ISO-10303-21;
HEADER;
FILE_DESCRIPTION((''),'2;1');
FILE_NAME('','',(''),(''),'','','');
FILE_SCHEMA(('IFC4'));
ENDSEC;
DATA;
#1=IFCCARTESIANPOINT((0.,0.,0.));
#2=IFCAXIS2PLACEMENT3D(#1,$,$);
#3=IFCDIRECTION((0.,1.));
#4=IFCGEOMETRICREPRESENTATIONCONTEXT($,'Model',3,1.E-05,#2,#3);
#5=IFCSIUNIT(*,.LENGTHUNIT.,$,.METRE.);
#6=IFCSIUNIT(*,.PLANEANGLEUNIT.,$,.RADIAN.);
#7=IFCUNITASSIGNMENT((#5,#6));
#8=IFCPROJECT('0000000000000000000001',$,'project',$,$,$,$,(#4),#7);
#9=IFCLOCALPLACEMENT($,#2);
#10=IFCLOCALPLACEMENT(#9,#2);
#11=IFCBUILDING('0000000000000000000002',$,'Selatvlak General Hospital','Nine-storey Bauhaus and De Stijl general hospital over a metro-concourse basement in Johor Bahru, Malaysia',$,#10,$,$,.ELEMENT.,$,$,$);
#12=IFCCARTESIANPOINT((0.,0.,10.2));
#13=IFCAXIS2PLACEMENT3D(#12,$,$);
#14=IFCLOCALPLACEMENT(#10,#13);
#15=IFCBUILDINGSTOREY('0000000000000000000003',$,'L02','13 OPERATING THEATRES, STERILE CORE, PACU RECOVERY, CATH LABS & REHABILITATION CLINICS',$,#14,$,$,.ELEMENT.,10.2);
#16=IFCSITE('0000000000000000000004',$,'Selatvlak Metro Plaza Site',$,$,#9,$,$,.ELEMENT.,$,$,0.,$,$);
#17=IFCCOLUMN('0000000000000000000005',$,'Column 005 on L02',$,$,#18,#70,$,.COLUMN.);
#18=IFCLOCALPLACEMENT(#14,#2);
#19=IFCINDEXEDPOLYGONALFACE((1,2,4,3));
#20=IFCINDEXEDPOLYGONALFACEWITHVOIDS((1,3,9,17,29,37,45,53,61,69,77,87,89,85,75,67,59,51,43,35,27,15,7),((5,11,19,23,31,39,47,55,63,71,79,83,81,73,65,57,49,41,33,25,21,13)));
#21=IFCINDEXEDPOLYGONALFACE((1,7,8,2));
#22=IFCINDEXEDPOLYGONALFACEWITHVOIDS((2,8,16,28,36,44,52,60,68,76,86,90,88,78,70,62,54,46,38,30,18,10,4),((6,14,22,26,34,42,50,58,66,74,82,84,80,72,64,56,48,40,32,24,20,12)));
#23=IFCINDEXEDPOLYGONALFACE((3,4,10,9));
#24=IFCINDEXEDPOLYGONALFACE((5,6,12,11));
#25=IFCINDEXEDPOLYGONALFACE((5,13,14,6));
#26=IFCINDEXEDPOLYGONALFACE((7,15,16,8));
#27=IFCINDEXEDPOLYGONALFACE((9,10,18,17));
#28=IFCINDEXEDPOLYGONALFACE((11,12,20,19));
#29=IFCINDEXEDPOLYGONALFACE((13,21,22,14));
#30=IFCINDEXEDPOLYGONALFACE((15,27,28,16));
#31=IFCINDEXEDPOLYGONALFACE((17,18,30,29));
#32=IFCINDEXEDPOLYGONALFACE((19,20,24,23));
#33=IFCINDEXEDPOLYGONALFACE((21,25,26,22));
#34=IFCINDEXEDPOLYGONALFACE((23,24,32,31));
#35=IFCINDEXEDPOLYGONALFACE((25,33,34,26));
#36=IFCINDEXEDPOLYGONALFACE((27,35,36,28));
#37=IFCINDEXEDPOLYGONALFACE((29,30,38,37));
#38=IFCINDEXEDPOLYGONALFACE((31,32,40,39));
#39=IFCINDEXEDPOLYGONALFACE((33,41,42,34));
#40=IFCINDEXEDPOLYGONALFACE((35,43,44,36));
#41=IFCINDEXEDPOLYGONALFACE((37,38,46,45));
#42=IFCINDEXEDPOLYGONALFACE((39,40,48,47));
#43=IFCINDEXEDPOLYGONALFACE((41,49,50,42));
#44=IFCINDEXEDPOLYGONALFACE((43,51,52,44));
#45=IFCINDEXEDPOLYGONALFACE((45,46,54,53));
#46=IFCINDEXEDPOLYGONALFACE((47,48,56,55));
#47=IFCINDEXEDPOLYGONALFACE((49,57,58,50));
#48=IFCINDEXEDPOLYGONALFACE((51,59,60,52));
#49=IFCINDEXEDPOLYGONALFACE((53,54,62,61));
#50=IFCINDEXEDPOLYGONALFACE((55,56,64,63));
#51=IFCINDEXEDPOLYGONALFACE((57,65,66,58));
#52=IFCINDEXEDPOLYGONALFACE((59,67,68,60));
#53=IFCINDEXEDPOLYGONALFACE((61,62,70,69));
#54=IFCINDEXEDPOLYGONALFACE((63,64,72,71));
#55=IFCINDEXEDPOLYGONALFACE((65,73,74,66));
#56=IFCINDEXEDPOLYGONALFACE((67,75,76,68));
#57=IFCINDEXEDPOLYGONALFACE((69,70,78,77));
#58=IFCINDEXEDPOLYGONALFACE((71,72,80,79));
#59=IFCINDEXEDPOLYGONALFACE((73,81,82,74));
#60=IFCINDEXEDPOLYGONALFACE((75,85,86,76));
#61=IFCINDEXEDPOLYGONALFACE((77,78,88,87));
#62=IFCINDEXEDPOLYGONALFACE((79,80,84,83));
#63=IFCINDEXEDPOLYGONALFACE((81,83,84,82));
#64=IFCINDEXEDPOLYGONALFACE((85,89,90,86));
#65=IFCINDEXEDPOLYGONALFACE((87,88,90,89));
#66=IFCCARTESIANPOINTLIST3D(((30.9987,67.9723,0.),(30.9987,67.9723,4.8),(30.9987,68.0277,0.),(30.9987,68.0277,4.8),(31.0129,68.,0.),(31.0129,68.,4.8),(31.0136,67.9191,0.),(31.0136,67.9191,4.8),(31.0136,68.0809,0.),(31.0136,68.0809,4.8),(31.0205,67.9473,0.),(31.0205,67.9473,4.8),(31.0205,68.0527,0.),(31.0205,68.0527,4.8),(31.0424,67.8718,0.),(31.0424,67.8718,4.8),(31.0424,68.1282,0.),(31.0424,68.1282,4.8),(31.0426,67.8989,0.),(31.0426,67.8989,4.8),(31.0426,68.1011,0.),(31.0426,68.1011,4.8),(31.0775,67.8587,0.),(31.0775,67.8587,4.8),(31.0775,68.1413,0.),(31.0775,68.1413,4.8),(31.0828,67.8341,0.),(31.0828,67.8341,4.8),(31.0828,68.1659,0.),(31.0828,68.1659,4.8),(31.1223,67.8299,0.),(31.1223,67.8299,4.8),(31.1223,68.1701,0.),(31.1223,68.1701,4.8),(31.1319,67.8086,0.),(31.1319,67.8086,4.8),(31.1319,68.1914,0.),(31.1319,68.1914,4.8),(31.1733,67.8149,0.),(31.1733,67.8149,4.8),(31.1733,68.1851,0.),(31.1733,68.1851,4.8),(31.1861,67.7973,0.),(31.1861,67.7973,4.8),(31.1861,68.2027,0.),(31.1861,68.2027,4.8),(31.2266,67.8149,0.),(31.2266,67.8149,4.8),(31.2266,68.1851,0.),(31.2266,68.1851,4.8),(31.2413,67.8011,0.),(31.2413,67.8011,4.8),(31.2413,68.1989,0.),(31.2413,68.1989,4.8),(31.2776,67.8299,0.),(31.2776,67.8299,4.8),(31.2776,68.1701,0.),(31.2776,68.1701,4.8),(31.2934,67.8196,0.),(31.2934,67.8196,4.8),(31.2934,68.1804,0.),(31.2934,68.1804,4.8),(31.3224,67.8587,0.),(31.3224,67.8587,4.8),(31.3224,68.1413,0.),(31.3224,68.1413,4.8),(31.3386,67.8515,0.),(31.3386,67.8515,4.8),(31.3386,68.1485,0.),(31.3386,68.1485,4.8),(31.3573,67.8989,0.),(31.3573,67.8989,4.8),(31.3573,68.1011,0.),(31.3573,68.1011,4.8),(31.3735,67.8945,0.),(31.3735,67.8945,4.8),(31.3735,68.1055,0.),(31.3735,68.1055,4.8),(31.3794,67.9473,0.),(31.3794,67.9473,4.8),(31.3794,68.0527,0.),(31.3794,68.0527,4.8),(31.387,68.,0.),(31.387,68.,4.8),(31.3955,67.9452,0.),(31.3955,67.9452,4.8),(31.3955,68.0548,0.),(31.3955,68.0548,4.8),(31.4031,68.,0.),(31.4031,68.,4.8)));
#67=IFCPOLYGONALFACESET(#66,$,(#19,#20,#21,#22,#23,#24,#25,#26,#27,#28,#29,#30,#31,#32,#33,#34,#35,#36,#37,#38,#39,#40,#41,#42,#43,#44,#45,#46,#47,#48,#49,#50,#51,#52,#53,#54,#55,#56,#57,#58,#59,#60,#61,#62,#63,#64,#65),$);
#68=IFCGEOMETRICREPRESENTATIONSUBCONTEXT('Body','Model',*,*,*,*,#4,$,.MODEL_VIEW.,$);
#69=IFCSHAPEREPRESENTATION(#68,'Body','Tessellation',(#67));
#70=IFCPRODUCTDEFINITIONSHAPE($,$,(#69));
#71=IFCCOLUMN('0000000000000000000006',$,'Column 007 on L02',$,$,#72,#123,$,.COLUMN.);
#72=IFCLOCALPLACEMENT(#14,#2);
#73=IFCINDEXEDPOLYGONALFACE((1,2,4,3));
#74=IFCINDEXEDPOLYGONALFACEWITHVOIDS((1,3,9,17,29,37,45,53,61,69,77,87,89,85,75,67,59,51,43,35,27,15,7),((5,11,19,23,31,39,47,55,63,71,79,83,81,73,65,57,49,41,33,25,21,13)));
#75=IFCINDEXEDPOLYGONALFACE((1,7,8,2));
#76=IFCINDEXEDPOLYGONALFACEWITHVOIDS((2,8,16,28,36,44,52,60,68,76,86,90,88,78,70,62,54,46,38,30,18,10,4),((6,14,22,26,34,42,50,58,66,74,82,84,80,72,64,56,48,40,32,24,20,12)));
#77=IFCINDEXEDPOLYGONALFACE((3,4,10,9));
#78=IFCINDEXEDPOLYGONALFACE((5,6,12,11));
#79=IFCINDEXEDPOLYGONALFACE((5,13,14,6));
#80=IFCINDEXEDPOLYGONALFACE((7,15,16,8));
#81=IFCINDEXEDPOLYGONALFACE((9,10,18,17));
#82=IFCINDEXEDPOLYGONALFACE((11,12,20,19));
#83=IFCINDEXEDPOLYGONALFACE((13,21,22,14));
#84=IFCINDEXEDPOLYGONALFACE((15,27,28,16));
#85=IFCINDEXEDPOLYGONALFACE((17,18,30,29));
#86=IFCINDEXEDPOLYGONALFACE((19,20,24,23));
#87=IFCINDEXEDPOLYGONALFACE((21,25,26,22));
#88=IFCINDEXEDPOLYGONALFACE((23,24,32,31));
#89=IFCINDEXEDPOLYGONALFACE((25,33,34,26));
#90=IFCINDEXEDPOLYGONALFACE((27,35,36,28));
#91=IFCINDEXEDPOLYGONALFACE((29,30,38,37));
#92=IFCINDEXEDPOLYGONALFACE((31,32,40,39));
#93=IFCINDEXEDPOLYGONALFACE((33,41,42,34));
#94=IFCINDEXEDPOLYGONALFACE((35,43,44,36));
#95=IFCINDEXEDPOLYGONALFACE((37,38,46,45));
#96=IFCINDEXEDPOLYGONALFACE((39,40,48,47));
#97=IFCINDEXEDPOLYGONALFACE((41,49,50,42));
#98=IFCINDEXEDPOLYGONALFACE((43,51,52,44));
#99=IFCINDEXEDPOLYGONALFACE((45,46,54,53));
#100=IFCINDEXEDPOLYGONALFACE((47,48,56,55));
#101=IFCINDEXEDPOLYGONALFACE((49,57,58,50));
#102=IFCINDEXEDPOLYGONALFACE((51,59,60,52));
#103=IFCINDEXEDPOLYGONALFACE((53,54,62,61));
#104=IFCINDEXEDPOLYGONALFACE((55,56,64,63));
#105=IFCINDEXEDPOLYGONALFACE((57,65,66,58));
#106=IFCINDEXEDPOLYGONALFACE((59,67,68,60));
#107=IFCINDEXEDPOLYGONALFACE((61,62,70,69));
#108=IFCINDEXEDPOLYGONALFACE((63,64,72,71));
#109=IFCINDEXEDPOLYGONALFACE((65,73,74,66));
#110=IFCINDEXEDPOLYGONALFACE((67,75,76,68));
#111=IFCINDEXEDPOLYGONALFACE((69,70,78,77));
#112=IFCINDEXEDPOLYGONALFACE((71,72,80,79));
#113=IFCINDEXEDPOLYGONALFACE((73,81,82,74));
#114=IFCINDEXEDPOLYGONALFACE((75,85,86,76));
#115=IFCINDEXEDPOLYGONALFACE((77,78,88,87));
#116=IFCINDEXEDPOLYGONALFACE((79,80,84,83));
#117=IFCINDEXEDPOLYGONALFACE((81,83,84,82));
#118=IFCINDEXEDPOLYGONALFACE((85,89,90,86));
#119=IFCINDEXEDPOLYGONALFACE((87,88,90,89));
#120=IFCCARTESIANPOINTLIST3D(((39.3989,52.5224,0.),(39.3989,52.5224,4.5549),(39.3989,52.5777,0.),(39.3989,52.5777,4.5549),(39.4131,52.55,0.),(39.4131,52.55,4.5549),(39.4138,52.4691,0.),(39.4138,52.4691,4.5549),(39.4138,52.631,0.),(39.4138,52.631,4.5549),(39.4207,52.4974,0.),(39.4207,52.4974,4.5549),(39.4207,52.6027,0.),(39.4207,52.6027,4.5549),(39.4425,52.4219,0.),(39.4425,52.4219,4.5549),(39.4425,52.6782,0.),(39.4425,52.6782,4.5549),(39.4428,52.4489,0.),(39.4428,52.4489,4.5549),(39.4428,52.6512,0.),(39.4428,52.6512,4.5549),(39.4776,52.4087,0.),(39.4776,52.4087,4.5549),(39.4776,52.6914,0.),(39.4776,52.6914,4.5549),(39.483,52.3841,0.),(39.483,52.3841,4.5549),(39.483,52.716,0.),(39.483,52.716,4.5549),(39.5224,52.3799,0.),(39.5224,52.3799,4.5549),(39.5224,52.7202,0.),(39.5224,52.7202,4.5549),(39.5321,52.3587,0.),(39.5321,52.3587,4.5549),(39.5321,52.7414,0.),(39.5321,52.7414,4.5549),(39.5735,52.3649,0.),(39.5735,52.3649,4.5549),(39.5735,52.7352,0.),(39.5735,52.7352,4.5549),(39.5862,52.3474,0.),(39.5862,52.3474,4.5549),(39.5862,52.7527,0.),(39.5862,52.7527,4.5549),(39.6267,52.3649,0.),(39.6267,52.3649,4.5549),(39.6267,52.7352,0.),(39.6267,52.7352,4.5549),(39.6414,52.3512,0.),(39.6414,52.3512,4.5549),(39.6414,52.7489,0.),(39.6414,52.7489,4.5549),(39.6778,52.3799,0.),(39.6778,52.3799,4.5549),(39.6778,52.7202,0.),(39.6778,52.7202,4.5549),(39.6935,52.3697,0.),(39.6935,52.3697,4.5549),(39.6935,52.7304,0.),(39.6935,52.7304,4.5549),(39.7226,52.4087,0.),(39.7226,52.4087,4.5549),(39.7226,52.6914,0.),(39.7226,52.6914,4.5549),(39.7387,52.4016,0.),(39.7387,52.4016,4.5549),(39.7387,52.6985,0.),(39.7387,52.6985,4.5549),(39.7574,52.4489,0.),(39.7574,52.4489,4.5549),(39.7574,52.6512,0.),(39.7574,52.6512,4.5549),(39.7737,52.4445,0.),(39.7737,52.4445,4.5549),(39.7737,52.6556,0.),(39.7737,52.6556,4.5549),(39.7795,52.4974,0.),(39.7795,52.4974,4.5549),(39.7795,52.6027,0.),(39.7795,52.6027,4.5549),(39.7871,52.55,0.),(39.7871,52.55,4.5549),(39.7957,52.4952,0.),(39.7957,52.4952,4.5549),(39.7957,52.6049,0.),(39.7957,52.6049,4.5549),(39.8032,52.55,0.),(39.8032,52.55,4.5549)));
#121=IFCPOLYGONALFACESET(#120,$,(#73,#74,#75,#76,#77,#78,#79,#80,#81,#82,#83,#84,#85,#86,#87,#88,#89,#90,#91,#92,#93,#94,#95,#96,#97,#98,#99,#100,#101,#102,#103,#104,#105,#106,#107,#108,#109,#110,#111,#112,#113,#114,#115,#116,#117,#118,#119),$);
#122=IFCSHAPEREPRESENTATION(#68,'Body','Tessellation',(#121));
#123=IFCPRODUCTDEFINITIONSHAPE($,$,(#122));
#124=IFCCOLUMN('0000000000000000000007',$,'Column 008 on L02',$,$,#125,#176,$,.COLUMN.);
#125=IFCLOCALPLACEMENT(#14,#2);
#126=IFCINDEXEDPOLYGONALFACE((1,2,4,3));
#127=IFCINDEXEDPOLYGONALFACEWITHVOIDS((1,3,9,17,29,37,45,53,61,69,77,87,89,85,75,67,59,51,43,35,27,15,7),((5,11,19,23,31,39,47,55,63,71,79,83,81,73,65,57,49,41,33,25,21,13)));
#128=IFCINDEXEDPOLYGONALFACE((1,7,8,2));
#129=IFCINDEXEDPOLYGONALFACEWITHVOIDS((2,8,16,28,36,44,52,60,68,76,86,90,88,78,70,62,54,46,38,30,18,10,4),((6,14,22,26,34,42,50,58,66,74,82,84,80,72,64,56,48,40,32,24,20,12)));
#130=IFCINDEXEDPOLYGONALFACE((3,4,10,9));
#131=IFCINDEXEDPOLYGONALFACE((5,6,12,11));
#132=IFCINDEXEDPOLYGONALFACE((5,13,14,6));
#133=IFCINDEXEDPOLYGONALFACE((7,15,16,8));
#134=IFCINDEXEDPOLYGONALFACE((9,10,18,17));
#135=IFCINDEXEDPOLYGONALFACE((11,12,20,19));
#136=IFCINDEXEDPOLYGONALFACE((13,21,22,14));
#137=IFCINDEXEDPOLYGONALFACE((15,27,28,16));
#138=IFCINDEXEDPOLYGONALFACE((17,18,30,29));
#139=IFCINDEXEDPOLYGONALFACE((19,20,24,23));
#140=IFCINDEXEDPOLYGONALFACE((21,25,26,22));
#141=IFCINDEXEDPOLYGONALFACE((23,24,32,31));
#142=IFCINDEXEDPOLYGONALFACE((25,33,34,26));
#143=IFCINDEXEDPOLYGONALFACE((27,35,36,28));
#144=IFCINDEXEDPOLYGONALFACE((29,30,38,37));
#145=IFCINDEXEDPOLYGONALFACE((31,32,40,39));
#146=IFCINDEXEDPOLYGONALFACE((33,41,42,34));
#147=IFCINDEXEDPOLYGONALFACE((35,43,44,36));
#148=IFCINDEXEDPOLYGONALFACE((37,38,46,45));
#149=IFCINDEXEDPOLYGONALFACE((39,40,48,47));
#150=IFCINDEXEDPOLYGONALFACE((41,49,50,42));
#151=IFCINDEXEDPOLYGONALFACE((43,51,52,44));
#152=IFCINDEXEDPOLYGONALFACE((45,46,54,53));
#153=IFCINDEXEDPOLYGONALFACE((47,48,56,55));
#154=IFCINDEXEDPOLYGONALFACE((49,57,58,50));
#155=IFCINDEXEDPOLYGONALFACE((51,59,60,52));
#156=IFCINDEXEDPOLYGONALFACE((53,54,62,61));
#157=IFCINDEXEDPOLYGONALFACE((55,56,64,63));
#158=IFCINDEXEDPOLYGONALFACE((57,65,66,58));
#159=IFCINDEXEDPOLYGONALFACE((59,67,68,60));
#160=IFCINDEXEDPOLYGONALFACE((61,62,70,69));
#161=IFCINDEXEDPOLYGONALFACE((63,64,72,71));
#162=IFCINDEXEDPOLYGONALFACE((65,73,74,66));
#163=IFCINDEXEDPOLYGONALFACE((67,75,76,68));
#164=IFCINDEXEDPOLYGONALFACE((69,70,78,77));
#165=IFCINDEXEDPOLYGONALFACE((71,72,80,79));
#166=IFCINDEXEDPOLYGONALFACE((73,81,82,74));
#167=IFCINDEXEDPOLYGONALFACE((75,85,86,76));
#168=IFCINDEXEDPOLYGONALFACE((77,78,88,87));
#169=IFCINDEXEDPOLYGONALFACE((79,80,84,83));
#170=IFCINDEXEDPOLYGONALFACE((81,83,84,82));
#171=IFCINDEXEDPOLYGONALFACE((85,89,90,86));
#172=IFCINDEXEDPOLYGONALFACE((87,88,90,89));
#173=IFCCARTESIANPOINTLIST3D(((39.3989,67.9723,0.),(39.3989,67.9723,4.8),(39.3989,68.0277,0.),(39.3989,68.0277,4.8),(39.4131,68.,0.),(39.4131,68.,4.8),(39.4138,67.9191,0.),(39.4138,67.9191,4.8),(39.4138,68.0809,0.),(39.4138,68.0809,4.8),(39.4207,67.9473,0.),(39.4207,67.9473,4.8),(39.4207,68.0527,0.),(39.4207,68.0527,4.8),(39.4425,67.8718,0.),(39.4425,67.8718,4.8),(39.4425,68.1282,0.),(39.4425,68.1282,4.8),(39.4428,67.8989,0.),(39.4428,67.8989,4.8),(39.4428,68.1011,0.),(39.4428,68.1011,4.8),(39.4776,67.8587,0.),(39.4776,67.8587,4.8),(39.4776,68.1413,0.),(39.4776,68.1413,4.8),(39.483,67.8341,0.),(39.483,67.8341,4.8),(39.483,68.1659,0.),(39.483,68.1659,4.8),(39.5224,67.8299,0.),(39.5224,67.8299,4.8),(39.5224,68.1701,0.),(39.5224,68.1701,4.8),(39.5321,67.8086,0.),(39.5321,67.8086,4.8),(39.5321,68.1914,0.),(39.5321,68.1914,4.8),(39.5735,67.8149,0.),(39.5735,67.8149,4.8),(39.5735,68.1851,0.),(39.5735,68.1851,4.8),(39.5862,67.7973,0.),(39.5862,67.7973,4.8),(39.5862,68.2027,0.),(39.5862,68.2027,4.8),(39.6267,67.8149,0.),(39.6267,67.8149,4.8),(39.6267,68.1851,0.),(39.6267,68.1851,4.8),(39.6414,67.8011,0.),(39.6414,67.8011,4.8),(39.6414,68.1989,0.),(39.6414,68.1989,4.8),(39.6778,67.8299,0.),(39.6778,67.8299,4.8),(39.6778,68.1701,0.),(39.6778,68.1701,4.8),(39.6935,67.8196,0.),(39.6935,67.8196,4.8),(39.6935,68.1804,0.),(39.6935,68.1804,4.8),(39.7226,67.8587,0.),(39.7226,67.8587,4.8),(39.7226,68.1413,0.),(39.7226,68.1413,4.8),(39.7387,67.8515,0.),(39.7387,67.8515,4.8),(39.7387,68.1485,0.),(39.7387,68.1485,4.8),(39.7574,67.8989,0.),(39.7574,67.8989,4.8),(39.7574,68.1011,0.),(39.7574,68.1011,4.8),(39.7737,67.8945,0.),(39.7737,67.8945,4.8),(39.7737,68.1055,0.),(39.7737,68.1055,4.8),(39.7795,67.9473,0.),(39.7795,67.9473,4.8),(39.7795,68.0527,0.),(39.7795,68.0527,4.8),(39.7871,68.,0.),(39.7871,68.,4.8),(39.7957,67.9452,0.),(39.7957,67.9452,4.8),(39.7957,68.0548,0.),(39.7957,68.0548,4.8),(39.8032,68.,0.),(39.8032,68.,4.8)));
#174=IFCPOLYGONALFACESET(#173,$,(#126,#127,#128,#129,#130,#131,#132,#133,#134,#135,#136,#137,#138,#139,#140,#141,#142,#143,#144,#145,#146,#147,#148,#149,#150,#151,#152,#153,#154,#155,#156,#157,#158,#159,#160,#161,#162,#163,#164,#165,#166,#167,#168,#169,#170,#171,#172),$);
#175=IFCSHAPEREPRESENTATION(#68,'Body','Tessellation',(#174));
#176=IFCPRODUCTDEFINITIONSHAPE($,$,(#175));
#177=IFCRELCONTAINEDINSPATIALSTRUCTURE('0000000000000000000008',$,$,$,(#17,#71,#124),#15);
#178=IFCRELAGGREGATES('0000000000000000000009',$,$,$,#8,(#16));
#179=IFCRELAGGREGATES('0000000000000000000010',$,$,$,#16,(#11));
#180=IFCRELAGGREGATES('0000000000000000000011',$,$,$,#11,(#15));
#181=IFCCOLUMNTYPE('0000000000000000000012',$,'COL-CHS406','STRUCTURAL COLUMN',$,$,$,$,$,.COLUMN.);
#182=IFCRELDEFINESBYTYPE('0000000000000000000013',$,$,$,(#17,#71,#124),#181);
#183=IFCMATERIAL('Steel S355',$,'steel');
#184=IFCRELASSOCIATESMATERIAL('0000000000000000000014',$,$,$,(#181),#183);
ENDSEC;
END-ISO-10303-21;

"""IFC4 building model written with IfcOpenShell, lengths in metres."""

from ifc_helpers import new_model, si_unit, direction, frame, origin, origin_2d, place, context, subcontext, project, spatial, hollow_circle, extrude, material, material_profile, profile_set, type_object, element, save


model = new_model("IFC4")

# Units and contexts
model_context = context("Model", 3, precision=1e-05, world=origin(), true_north=direction((0.0, 1.0)))
body_context = subcontext(model_context, "Body", "Model", "MODEL_VIEW")
ifc_project = project(units=[si_unit("LENGTHUNIT", "METRE"), si_unit("PLANEANGLEUNIT", "RADIAN")], contexts=[model_context])

# Site, building, storey
site_placement = place(None, origin())
site = spatial("IfcSite", under=ifc_project, at=site_placement, Name="Selatvlak Metro Plaza Site", CompositionType="ELEMENT", RefElevation=0.0)
building_placement = place(site_placement, origin())
building = spatial("IfcBuilding", under=site, at=building_placement, Name="Selatvlak General Hospital", Description="Nine-storey Bauhaus and De Stijl general hospital over a metro-concourse basement in Johor Bahru, Malaysia", CompositionType="ELEMENT")
storey_placement = place(building_placement, frame((0.0, 0.0, 10.2)))
storey = spatial("IfcBuildingStorey", under=building, at=storey_placement, Name="L02", Description="13 OPERATING THEATRES, STERILE CORE, PACU RECOVERY, CATH LABS & REHABILITATION CLINICS", CompositionType="ELEMENT", Elevation=10.2)

# Columns
ifc_material_1 = material(Name="Steel S355", Category="steel")
ifc_material_profile_1 = material_profile(ifc_material_1, hollow_circle(Radius=0.2031, WallThickness=0.0161, at=origin_2d()), Name="CHS 406.4x16")
ifc_profile_set_1 = profile_set([ifc_material_profile_1], Name="Steel S355")
column_type = type_object("IfcColumnType", Name="COL-CHS406", Description="STRUCTURAL COLUMN", PredefinedType="COLUMN", material=ifc_profile_set_1)
column_1_placement = place(storey_placement, frame((31.2, 68.0, 0.0), z_axis=(0.0, 0.0, 1.0), x_axis=(1.0, 0.0, 0.0)))
element("IfcColumn", 1, at=column_1_placement, inside=storey, type_object=column_type, Name="Column 005 on L02", PredefinedType="COLUMN", context=body_context, shape_type="SweptSolid", body=[
    extrude(hollow_circle(Radius=0.2031, WallThickness=0.0161, at=origin_2d()), origin(), (0.0, 0.0, 1.0), 4.8),
])
column_2_placement = place(storey_placement, frame((39.6001, 52.55, 0.0), z_axis=(0.0, 0.0, 1.0), x_axis=(1.0, 0.0, 0.0)))
element("IfcColumn", 2, at=column_2_placement, inside=storey, type_object=column_type, Name="Column 007 on L02", PredefinedType="COLUMN", context=body_context, shape_type="SweptSolid", body=[
    extrude(hollow_circle(Radius=0.2031, WallThickness=0.0161, at=origin_2d()), origin(), (0.0, 0.0, 1.0), 4.5549),
])
column_3_placement = place(storey_placement, frame((39.6001, 68.0, 0.0), z_axis=(0.0, 0.0, 1.0), x_axis=(1.0, 0.0, 0.0)))
element("IfcColumn", 3, at=column_3_placement, inside=storey, type_object=column_type, Name="Column 008 on L02", PredefinedType="COLUMN", context=body_context, shape_type="SweptSolid", body=[
    extrude(hollow_circle(Radius=0.2031, WallThickness=0.0161, at=origin_2d()), origin(), (0.0, 0.0, 1.0), 4.8),
])

save(model, "model.ifc")
